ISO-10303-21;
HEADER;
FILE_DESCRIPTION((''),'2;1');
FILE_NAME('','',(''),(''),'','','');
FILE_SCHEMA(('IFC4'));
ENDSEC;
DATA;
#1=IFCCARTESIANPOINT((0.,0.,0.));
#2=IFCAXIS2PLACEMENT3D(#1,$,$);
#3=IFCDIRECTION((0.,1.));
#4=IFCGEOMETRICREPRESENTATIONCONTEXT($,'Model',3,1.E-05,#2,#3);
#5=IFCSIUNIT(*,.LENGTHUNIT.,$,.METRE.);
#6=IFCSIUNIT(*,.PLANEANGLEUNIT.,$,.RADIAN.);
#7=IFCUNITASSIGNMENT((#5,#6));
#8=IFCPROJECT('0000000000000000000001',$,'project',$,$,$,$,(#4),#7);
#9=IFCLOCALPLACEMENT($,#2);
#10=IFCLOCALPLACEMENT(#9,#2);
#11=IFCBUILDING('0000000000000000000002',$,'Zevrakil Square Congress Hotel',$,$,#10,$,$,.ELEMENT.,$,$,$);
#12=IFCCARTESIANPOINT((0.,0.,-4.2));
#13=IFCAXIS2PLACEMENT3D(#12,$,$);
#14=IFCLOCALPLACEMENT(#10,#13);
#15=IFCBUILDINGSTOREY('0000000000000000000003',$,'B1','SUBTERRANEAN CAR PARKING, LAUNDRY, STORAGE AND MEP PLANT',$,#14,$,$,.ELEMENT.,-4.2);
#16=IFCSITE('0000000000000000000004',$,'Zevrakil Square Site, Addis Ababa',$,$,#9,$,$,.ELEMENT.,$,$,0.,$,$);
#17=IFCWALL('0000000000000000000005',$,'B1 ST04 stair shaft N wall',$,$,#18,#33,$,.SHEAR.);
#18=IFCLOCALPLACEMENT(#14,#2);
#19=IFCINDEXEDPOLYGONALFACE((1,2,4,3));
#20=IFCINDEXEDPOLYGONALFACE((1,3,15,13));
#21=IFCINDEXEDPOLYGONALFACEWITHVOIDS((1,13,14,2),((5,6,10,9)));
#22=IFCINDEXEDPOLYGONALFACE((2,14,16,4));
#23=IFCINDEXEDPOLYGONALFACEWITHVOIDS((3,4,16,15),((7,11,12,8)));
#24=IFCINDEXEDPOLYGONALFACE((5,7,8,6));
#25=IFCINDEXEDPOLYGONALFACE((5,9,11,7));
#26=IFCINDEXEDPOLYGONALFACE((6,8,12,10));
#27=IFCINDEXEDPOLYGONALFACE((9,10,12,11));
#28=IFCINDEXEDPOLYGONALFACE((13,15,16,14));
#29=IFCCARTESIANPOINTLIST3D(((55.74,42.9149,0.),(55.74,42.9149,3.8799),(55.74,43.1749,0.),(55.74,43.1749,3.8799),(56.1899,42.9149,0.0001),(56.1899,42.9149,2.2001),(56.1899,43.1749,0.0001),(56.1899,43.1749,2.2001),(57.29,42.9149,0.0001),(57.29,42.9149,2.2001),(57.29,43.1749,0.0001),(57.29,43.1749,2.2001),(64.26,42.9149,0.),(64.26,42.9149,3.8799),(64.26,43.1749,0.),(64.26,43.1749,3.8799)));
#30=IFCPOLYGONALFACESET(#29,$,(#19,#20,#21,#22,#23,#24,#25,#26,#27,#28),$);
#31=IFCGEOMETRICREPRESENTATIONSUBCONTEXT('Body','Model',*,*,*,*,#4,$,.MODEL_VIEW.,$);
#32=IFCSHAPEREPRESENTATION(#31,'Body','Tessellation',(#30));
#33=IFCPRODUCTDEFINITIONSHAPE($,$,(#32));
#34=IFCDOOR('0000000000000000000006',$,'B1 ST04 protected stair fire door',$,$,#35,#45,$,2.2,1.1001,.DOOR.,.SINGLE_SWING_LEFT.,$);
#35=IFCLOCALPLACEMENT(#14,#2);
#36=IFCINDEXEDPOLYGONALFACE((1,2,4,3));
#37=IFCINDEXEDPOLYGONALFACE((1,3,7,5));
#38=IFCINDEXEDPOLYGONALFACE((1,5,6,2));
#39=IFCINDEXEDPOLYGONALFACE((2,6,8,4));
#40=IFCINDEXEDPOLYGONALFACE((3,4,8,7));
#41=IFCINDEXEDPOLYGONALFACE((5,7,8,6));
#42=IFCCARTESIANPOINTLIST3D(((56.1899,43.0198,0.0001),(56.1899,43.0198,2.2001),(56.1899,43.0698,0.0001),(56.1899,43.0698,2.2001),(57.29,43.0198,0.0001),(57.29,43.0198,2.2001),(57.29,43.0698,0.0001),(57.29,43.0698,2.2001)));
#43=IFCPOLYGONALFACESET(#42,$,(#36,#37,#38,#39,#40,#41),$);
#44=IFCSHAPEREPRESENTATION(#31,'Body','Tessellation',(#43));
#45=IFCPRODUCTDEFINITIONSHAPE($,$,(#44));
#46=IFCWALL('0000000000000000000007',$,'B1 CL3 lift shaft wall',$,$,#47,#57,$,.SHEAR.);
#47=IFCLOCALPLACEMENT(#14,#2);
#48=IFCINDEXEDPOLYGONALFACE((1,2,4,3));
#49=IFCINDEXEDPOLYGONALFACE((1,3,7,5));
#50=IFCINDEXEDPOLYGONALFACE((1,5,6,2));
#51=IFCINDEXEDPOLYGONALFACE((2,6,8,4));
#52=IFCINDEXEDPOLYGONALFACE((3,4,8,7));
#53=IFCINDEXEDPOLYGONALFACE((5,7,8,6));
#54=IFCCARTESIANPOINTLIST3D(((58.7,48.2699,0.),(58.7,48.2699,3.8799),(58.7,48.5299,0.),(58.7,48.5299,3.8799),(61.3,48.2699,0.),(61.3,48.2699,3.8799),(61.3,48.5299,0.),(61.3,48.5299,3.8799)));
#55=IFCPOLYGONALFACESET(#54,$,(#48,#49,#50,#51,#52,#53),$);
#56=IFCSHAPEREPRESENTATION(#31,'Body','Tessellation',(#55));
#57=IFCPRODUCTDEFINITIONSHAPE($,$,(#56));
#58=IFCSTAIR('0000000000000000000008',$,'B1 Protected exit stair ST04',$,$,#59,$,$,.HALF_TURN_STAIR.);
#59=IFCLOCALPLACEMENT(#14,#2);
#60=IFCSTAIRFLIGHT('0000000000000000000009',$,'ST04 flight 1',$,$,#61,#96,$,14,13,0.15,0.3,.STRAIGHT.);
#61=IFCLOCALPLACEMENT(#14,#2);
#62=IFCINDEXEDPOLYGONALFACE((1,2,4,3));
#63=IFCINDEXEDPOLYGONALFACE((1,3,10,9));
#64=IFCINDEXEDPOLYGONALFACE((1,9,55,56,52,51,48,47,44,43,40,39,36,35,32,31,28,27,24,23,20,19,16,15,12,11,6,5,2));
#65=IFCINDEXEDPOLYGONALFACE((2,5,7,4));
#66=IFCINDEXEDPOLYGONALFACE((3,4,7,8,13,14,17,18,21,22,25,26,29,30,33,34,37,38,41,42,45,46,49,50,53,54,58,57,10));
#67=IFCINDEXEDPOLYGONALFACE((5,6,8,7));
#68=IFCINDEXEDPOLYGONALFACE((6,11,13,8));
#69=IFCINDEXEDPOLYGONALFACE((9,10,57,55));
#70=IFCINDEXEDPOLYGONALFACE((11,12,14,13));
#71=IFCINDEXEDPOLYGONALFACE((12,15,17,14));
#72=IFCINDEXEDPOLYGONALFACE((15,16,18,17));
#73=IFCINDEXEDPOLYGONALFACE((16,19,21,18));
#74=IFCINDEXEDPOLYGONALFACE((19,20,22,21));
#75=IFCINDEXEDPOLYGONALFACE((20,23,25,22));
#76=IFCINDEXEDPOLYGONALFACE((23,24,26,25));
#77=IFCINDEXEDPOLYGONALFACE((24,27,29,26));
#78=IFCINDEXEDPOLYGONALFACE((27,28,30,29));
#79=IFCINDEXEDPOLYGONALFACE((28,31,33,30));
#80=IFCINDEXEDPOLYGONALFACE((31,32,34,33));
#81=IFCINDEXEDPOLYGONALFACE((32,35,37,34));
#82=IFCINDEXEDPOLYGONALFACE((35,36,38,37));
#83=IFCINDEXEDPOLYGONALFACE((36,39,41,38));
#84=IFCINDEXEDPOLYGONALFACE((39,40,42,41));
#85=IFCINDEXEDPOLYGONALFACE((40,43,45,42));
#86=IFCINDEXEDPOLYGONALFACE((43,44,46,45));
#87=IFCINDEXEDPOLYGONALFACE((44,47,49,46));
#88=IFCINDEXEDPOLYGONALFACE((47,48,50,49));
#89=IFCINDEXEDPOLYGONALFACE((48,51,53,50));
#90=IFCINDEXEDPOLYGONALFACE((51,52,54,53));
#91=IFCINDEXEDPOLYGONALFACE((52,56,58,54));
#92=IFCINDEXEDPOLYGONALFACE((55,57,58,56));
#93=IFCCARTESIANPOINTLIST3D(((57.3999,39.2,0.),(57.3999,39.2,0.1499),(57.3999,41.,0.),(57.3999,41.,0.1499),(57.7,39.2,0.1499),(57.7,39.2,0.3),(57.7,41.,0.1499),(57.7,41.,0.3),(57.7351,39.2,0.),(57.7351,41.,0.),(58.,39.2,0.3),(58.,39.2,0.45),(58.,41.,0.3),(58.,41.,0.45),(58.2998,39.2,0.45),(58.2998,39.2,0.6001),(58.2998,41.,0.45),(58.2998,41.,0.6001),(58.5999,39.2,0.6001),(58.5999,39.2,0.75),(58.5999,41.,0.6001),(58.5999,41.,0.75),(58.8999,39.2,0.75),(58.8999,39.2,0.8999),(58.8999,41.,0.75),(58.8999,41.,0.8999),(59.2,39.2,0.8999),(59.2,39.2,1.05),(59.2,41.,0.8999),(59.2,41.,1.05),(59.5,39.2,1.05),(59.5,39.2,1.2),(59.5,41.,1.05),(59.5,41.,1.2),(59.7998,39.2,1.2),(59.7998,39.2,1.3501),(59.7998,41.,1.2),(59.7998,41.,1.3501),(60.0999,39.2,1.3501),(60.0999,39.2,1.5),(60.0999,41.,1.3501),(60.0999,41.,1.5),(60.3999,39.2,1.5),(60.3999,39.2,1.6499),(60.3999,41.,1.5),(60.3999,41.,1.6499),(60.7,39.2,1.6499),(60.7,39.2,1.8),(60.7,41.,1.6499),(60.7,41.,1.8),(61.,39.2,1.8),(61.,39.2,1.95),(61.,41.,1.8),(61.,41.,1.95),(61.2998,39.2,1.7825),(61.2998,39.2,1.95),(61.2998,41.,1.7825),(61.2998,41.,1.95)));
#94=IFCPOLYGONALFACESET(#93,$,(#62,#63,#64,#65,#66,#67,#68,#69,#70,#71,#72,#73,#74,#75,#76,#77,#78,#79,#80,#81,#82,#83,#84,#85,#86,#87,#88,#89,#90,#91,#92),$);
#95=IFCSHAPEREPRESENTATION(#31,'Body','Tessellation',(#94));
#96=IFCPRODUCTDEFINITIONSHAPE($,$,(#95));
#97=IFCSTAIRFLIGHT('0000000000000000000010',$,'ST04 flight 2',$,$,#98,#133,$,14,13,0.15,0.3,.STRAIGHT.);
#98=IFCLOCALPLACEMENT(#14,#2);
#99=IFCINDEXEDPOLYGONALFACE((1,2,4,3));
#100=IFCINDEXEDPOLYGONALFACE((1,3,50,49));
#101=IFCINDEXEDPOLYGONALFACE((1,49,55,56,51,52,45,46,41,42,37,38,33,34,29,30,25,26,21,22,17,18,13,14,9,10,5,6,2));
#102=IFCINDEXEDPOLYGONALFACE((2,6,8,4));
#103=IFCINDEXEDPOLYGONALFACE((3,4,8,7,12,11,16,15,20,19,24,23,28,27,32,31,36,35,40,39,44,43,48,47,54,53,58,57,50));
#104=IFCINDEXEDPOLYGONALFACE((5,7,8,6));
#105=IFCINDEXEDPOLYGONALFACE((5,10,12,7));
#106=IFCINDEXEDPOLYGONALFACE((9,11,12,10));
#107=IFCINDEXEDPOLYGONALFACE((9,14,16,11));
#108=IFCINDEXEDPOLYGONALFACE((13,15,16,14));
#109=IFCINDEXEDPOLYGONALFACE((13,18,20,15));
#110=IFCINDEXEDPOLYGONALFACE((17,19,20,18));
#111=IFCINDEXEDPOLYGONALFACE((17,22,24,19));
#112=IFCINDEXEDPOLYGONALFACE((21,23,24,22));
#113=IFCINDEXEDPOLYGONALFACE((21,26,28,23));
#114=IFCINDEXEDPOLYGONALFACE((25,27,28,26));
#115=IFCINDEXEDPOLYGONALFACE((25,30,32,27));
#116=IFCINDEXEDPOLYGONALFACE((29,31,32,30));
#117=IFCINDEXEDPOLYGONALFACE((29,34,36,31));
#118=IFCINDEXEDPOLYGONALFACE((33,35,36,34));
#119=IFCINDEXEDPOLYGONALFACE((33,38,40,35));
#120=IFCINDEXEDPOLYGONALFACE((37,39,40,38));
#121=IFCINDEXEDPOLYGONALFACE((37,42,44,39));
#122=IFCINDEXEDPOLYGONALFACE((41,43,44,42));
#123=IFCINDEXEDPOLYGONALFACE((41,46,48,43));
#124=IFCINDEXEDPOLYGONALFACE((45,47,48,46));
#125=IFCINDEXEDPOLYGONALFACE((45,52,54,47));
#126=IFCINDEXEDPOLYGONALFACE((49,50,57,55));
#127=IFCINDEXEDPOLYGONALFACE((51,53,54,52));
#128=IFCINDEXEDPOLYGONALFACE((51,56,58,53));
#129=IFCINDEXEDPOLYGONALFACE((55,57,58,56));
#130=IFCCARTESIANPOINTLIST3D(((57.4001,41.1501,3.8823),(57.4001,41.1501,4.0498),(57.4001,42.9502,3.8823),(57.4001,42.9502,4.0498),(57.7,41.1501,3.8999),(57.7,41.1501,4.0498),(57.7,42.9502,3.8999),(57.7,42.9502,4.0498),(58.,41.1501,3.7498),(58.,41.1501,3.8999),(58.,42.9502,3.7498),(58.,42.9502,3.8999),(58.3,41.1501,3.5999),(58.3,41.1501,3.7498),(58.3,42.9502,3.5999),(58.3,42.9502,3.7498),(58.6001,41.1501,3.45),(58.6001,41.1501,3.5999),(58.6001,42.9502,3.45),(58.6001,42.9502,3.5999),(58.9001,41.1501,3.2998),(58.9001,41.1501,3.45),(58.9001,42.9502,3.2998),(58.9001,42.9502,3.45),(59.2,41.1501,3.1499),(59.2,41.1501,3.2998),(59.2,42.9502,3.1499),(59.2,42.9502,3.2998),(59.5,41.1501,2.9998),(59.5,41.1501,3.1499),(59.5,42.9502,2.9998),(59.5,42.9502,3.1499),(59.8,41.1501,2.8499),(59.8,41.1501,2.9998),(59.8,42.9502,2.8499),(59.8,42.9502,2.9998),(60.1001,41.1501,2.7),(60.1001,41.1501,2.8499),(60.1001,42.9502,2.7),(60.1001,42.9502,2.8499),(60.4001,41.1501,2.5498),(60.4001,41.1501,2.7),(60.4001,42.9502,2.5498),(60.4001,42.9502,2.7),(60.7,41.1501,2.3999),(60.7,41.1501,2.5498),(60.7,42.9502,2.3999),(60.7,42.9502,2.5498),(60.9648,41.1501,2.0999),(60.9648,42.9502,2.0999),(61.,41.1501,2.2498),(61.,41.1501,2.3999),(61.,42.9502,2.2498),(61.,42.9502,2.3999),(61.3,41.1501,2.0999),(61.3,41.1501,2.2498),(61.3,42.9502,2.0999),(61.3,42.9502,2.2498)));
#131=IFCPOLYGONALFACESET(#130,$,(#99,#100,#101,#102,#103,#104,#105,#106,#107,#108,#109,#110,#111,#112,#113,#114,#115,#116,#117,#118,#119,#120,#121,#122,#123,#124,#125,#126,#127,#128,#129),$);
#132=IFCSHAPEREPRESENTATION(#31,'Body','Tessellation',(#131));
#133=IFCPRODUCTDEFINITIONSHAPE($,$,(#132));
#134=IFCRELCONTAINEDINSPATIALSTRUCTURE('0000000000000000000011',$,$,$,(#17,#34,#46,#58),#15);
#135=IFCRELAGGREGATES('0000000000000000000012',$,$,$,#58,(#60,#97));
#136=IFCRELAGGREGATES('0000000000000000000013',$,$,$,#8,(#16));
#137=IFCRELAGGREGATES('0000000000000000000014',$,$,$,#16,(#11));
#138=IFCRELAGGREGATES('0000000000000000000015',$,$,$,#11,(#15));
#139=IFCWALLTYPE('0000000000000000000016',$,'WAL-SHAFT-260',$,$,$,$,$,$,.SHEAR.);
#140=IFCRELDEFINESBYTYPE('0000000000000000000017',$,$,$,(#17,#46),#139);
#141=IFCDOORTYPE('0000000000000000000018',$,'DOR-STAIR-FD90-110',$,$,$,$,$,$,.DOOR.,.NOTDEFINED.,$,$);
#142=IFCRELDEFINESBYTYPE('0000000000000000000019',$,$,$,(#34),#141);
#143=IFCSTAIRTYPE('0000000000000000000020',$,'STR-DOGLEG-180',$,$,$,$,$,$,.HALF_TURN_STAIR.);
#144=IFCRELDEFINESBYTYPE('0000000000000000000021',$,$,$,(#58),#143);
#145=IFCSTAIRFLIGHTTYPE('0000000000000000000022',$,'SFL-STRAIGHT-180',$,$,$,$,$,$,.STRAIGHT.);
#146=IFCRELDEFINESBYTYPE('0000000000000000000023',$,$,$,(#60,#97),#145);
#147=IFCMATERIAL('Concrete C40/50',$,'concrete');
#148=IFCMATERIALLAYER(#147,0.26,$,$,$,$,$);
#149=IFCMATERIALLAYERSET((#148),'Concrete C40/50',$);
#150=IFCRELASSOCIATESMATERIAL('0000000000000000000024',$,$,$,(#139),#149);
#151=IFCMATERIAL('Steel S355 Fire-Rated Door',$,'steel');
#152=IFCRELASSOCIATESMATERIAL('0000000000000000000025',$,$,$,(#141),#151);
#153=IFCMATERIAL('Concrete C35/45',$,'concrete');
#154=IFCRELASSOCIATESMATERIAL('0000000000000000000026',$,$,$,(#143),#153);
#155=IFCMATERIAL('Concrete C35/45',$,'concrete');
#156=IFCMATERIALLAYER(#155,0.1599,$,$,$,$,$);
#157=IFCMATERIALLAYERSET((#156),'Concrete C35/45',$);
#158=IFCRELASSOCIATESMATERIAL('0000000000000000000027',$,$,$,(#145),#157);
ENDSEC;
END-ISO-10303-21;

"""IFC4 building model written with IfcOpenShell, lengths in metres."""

from ifc_helpers import new_model, si_unit, direction, frame, frame_2d, origin, place, context, subcontext, project, spatial, polyline, rectangle, outline, extrude, material, layer, layer_set, type_object, element, fill, aggregate, save


model = new_model("IFC4")

# Units and contexts
model_context = context("Model", 3, precision=1e-05, world=origin(), true_north=direction((0.0, 1.0)))
body_context = subcontext(model_context, "Body", "Model", "MODEL_VIEW")
ifc_project = project(units=[si_unit("LENGTHUNIT", "METRE"), si_unit("PLANEANGLEUNIT", "RADIAN")], contexts=[model_context])

# Site, building, storey
site_placement = place(None, origin())
site = spatial("IfcSite", under=ifc_project, at=site_placement, Name="Zevrakil Square Site, Addis Ababa", CompositionType="ELEMENT", RefElevation=0.0)
building_placement = place(site_placement, origin())
building = spatial("IfcBuilding", under=site, at=building_placement, Name="Zevrakil Square Congress Hotel", CompositionType="ELEMENT")
storey_placement = place(building_placement, frame((0.0, 0.0, -4.2)))
storey = spatial("IfcBuildingStorey", under=building, at=storey_placement, Name="B1", Description="SUBTERRANEAN CAR PARKING, LAUNDRY, STORAGE AND MEP PLANT", CompositionType="ELEMENT", Elevation=-4.2)

# Shared definitions
ifc_material_1 = material(Name="Concrete C40/50", Category="concrete")
ifc_layer_1 = layer(ifc_material_1, 0.26)
ifc_layer_set_1 = layer_set([ifc_layer_1], Name="Concrete C40/50")
wall_type = type_object("IfcWallType", Name="WAL-SHAFT-260", PredefinedType="SHEAR", material=ifc_layer_set_1)

# Wall, opening, door
wall_1_placement = place(storey_placement, frame((55.74, 43.0449, 0.0), z_axis=(0.0, 0.0, 1.0), x_axis=(1.0, 0.0, 0.0)))
wall_1 = element("IfcWall", 1, at=wall_1_placement, inside=storey, type_object=wall_type, Name="B1 ST04 stair shaft N wall", PredefinedType="SHEAR", context=body_context, shape_type="SweptSolid", body=[
    extrude(rectangle(XDim=8.52, YDim=0.26, at=frame_2d((4.26, 0.0))), origin(), (0.0, 0.0, 1.0), 3.8799),
])
opening_placement = place(wall_1_placement, frame((0.45, 0.0, 0.0)))
opening = element("IfcOpeningElement", 2, at=opening_placement, cuts=wall_1, PredefinedType="OPENING", context=body_context, shape_type="SweptSolid", body=[
    extrude(rectangle(XDim=1.1001, YDim=2.2, at=frame_2d((0.55, 1.1001))), frame((0.0, 0.1401, 0.0), z_axis=(0.0, -1.0, 0.0), x_axis=(1.0, 0.0, 0.0)), (0.0, 0.0, 1.0), 0.28),
])
ifc_material_2 = material(Name="Steel S355 Fire-Rated Door", Category="steel")
door_type = type_object("IfcDoorType", Name="DOR-STAIR-FD90-110", OperationType="NOTDEFINED", PredefinedType="DOOR", material=ifc_material_2)
door_placement = place(opening_placement, origin())
door = element("IfcDoor", 3, at=door_placement, inside=storey, type_object=door_type, Name="B1 ST04 protected stair fire door", OperationType="SINGLE_SWING_LEFT", OverallHeight=2.2, OverallWidth=1.1001, PredefinedType="DOOR", context=body_context, shape_type="SweptSolid", body=[
    extrude(rectangle(XDim=1.1001, YDim=2.2, at=frame_2d((0.55, 1.1001))), frame((0.0, 0.0249, 0.0), z_axis=(0.0, -1.0, 0.0), x_axis=(1.0, 0.0, 0.0)), (0.0, 0.0, 1.0), 0.05),
])
fill(opening, door)

# Wall
wall_2_placement = place(storey_placement, frame((58.7, 48.3999, 0.0), z_axis=(0.0, 0.0, 1.0), x_axis=(1.0, 0.0, 0.0)))
element("IfcWall", 4, at=wall_2_placement, inside=storey, type_object=wall_type, Name="B1 CL3 lift shaft wall", PredefinedType="SHEAR", context=body_context, shape_type="SweptSolid", body=[
    extrude(rectangle(XDim=2.6001, YDim=0.26, at=frame_2d((1.3, 0.0))), origin(), (0.0, 0.0, 1.0), 3.8799),
])

# Stair, stair flights
ifc_material_3 = material(Name="Concrete C35/45", Category="concrete")
stair_type = type_object("IfcStairType", Name="STR-DOGLEG-180", PredefinedType="HALF_TURN_STAIR", material=ifc_material_3)
stair_placement = place(storey_placement, origin())
stair = element("IfcStair", 5, at=stair_placement, inside=storey, type_object=stair_type, Name="B1 Protected exit stair ST04", PredefinedType="HALF_TURN_STAIR")
ifc_material_4 = material(Name="Concrete C35/45", Category="concrete")
ifc_layer_2 = layer(ifc_material_4, 0.1599)
ifc_layer_set_2 = layer_set([ifc_layer_2], Name="Concrete C35/45")
stair_flight_type = type_object("IfcStairFlightType", Name="SFL-STRAIGHT-180", PredefinedType="STRAIGHT", material=ifc_layer_set_2)
stair_flight_1_placement = place(storey_placement, frame((57.3999, 40.1001, 0.0), z_axis=(0.0, 0.0, 1.0), x_axis=(1.0, 0.0, 0.0)))
stair_flight_1 = element("IfcStairFlight", 6, at=stair_flight_1_placement, type_object=stair_flight_type, Name="ST04 flight 1", NumberOfRisers=14, NumberOfTreads=13, PredefinedType="STRAIGHT", RiserHeight=0.15, TreadLength=0.3, context=body_context, shape_type="SweptSolid", body=[
    extrude(outline(polyline([(0.0, 0.0), (0.0, 0.1499), (0.3, 0.1499), (0.3, 0.3), (0.6001, 0.3), (0.6001, 0.45), (0.8999, 0.45), (0.8999, 0.6001), (1.2, 0.6001), (1.2, 0.75), (1.5, 0.75), (1.5, 0.8999), (1.8, 0.8999), (1.8, 1.05), (2.1001, 1.05), (2.1001, 1.2), (2.3999, 1.2), (2.3999, 1.3501), (2.7, 1.3501), (2.7, 1.5), (3.0, 1.5), (3.0, 1.6499), (3.3, 1.6499), (3.3, 1.8), (3.6001, 1.8), (3.6001, 1.95), (3.8999, 1.95), (3.8999, 2.1001), (3.8999, 1.7825), (0.3352, 0.0), (0.0, 0.0)])), frame((0.0, 0.8999, 0.0), z_axis=(0.0, -1.0, 0.0), x_axis=(1.0, 0.0, 0.0)), (0.0, 0.0, 1.0), 1.8),
])
stair_flight_2_placement = place(storey_placement, frame((61.3, 42.05, 2.0999), z_axis=(0.0, 0.0, 1.0), x_axis=(-1.0, 0.0, 0.0)))
stair_flight_2 = element("IfcStairFlight", 7, at=stair_flight_2_placement, type_object=stair_flight_type, Name="ST04 flight 2", NumberOfRisers=14, NumberOfTreads=13, PredefinedType="STRAIGHT", RiserHeight=0.15, TreadLength=0.3, context=body_context, shape_type="SweptSolid", body=[
    extrude(outline(polyline([(0.0, 0.0), (0.0, 0.1499), (0.3, 0.1499), (0.3, 0.3), (0.6001, 0.3), (0.6001, 0.45), (0.8999, 0.45), (0.8999, 0.6001), (1.2, 0.6001), (1.2, 0.75), (1.5, 0.75), (1.5, 0.8999), (1.8, 0.8999), (1.8, 1.05), (2.1001, 1.05), (2.1001, 1.2), (2.3999, 1.2), (2.3999, 1.3501), (2.7, 1.3501), (2.7, 1.5), (3.0, 1.5), (3.0, 1.6499), (3.3, 1.6499), (3.3, 1.8), (3.6001, 1.8), (3.6001, 1.95), (3.8999, 1.95), (3.8999, 2.1001), (3.8999, 1.7825), (0.3352, 0.0), (0.0, 0.0)])), frame((0.0, 0.8999, 0.0), z_axis=(0.0, -1.0, 0.0), x_axis=(1.0, 0.0, 0.0)), (0.0, 0.0, 1.0), 1.8),
])
aggregate(stair, [stair_flight_1, stair_flight_2])

save(model, "model.ifc")
